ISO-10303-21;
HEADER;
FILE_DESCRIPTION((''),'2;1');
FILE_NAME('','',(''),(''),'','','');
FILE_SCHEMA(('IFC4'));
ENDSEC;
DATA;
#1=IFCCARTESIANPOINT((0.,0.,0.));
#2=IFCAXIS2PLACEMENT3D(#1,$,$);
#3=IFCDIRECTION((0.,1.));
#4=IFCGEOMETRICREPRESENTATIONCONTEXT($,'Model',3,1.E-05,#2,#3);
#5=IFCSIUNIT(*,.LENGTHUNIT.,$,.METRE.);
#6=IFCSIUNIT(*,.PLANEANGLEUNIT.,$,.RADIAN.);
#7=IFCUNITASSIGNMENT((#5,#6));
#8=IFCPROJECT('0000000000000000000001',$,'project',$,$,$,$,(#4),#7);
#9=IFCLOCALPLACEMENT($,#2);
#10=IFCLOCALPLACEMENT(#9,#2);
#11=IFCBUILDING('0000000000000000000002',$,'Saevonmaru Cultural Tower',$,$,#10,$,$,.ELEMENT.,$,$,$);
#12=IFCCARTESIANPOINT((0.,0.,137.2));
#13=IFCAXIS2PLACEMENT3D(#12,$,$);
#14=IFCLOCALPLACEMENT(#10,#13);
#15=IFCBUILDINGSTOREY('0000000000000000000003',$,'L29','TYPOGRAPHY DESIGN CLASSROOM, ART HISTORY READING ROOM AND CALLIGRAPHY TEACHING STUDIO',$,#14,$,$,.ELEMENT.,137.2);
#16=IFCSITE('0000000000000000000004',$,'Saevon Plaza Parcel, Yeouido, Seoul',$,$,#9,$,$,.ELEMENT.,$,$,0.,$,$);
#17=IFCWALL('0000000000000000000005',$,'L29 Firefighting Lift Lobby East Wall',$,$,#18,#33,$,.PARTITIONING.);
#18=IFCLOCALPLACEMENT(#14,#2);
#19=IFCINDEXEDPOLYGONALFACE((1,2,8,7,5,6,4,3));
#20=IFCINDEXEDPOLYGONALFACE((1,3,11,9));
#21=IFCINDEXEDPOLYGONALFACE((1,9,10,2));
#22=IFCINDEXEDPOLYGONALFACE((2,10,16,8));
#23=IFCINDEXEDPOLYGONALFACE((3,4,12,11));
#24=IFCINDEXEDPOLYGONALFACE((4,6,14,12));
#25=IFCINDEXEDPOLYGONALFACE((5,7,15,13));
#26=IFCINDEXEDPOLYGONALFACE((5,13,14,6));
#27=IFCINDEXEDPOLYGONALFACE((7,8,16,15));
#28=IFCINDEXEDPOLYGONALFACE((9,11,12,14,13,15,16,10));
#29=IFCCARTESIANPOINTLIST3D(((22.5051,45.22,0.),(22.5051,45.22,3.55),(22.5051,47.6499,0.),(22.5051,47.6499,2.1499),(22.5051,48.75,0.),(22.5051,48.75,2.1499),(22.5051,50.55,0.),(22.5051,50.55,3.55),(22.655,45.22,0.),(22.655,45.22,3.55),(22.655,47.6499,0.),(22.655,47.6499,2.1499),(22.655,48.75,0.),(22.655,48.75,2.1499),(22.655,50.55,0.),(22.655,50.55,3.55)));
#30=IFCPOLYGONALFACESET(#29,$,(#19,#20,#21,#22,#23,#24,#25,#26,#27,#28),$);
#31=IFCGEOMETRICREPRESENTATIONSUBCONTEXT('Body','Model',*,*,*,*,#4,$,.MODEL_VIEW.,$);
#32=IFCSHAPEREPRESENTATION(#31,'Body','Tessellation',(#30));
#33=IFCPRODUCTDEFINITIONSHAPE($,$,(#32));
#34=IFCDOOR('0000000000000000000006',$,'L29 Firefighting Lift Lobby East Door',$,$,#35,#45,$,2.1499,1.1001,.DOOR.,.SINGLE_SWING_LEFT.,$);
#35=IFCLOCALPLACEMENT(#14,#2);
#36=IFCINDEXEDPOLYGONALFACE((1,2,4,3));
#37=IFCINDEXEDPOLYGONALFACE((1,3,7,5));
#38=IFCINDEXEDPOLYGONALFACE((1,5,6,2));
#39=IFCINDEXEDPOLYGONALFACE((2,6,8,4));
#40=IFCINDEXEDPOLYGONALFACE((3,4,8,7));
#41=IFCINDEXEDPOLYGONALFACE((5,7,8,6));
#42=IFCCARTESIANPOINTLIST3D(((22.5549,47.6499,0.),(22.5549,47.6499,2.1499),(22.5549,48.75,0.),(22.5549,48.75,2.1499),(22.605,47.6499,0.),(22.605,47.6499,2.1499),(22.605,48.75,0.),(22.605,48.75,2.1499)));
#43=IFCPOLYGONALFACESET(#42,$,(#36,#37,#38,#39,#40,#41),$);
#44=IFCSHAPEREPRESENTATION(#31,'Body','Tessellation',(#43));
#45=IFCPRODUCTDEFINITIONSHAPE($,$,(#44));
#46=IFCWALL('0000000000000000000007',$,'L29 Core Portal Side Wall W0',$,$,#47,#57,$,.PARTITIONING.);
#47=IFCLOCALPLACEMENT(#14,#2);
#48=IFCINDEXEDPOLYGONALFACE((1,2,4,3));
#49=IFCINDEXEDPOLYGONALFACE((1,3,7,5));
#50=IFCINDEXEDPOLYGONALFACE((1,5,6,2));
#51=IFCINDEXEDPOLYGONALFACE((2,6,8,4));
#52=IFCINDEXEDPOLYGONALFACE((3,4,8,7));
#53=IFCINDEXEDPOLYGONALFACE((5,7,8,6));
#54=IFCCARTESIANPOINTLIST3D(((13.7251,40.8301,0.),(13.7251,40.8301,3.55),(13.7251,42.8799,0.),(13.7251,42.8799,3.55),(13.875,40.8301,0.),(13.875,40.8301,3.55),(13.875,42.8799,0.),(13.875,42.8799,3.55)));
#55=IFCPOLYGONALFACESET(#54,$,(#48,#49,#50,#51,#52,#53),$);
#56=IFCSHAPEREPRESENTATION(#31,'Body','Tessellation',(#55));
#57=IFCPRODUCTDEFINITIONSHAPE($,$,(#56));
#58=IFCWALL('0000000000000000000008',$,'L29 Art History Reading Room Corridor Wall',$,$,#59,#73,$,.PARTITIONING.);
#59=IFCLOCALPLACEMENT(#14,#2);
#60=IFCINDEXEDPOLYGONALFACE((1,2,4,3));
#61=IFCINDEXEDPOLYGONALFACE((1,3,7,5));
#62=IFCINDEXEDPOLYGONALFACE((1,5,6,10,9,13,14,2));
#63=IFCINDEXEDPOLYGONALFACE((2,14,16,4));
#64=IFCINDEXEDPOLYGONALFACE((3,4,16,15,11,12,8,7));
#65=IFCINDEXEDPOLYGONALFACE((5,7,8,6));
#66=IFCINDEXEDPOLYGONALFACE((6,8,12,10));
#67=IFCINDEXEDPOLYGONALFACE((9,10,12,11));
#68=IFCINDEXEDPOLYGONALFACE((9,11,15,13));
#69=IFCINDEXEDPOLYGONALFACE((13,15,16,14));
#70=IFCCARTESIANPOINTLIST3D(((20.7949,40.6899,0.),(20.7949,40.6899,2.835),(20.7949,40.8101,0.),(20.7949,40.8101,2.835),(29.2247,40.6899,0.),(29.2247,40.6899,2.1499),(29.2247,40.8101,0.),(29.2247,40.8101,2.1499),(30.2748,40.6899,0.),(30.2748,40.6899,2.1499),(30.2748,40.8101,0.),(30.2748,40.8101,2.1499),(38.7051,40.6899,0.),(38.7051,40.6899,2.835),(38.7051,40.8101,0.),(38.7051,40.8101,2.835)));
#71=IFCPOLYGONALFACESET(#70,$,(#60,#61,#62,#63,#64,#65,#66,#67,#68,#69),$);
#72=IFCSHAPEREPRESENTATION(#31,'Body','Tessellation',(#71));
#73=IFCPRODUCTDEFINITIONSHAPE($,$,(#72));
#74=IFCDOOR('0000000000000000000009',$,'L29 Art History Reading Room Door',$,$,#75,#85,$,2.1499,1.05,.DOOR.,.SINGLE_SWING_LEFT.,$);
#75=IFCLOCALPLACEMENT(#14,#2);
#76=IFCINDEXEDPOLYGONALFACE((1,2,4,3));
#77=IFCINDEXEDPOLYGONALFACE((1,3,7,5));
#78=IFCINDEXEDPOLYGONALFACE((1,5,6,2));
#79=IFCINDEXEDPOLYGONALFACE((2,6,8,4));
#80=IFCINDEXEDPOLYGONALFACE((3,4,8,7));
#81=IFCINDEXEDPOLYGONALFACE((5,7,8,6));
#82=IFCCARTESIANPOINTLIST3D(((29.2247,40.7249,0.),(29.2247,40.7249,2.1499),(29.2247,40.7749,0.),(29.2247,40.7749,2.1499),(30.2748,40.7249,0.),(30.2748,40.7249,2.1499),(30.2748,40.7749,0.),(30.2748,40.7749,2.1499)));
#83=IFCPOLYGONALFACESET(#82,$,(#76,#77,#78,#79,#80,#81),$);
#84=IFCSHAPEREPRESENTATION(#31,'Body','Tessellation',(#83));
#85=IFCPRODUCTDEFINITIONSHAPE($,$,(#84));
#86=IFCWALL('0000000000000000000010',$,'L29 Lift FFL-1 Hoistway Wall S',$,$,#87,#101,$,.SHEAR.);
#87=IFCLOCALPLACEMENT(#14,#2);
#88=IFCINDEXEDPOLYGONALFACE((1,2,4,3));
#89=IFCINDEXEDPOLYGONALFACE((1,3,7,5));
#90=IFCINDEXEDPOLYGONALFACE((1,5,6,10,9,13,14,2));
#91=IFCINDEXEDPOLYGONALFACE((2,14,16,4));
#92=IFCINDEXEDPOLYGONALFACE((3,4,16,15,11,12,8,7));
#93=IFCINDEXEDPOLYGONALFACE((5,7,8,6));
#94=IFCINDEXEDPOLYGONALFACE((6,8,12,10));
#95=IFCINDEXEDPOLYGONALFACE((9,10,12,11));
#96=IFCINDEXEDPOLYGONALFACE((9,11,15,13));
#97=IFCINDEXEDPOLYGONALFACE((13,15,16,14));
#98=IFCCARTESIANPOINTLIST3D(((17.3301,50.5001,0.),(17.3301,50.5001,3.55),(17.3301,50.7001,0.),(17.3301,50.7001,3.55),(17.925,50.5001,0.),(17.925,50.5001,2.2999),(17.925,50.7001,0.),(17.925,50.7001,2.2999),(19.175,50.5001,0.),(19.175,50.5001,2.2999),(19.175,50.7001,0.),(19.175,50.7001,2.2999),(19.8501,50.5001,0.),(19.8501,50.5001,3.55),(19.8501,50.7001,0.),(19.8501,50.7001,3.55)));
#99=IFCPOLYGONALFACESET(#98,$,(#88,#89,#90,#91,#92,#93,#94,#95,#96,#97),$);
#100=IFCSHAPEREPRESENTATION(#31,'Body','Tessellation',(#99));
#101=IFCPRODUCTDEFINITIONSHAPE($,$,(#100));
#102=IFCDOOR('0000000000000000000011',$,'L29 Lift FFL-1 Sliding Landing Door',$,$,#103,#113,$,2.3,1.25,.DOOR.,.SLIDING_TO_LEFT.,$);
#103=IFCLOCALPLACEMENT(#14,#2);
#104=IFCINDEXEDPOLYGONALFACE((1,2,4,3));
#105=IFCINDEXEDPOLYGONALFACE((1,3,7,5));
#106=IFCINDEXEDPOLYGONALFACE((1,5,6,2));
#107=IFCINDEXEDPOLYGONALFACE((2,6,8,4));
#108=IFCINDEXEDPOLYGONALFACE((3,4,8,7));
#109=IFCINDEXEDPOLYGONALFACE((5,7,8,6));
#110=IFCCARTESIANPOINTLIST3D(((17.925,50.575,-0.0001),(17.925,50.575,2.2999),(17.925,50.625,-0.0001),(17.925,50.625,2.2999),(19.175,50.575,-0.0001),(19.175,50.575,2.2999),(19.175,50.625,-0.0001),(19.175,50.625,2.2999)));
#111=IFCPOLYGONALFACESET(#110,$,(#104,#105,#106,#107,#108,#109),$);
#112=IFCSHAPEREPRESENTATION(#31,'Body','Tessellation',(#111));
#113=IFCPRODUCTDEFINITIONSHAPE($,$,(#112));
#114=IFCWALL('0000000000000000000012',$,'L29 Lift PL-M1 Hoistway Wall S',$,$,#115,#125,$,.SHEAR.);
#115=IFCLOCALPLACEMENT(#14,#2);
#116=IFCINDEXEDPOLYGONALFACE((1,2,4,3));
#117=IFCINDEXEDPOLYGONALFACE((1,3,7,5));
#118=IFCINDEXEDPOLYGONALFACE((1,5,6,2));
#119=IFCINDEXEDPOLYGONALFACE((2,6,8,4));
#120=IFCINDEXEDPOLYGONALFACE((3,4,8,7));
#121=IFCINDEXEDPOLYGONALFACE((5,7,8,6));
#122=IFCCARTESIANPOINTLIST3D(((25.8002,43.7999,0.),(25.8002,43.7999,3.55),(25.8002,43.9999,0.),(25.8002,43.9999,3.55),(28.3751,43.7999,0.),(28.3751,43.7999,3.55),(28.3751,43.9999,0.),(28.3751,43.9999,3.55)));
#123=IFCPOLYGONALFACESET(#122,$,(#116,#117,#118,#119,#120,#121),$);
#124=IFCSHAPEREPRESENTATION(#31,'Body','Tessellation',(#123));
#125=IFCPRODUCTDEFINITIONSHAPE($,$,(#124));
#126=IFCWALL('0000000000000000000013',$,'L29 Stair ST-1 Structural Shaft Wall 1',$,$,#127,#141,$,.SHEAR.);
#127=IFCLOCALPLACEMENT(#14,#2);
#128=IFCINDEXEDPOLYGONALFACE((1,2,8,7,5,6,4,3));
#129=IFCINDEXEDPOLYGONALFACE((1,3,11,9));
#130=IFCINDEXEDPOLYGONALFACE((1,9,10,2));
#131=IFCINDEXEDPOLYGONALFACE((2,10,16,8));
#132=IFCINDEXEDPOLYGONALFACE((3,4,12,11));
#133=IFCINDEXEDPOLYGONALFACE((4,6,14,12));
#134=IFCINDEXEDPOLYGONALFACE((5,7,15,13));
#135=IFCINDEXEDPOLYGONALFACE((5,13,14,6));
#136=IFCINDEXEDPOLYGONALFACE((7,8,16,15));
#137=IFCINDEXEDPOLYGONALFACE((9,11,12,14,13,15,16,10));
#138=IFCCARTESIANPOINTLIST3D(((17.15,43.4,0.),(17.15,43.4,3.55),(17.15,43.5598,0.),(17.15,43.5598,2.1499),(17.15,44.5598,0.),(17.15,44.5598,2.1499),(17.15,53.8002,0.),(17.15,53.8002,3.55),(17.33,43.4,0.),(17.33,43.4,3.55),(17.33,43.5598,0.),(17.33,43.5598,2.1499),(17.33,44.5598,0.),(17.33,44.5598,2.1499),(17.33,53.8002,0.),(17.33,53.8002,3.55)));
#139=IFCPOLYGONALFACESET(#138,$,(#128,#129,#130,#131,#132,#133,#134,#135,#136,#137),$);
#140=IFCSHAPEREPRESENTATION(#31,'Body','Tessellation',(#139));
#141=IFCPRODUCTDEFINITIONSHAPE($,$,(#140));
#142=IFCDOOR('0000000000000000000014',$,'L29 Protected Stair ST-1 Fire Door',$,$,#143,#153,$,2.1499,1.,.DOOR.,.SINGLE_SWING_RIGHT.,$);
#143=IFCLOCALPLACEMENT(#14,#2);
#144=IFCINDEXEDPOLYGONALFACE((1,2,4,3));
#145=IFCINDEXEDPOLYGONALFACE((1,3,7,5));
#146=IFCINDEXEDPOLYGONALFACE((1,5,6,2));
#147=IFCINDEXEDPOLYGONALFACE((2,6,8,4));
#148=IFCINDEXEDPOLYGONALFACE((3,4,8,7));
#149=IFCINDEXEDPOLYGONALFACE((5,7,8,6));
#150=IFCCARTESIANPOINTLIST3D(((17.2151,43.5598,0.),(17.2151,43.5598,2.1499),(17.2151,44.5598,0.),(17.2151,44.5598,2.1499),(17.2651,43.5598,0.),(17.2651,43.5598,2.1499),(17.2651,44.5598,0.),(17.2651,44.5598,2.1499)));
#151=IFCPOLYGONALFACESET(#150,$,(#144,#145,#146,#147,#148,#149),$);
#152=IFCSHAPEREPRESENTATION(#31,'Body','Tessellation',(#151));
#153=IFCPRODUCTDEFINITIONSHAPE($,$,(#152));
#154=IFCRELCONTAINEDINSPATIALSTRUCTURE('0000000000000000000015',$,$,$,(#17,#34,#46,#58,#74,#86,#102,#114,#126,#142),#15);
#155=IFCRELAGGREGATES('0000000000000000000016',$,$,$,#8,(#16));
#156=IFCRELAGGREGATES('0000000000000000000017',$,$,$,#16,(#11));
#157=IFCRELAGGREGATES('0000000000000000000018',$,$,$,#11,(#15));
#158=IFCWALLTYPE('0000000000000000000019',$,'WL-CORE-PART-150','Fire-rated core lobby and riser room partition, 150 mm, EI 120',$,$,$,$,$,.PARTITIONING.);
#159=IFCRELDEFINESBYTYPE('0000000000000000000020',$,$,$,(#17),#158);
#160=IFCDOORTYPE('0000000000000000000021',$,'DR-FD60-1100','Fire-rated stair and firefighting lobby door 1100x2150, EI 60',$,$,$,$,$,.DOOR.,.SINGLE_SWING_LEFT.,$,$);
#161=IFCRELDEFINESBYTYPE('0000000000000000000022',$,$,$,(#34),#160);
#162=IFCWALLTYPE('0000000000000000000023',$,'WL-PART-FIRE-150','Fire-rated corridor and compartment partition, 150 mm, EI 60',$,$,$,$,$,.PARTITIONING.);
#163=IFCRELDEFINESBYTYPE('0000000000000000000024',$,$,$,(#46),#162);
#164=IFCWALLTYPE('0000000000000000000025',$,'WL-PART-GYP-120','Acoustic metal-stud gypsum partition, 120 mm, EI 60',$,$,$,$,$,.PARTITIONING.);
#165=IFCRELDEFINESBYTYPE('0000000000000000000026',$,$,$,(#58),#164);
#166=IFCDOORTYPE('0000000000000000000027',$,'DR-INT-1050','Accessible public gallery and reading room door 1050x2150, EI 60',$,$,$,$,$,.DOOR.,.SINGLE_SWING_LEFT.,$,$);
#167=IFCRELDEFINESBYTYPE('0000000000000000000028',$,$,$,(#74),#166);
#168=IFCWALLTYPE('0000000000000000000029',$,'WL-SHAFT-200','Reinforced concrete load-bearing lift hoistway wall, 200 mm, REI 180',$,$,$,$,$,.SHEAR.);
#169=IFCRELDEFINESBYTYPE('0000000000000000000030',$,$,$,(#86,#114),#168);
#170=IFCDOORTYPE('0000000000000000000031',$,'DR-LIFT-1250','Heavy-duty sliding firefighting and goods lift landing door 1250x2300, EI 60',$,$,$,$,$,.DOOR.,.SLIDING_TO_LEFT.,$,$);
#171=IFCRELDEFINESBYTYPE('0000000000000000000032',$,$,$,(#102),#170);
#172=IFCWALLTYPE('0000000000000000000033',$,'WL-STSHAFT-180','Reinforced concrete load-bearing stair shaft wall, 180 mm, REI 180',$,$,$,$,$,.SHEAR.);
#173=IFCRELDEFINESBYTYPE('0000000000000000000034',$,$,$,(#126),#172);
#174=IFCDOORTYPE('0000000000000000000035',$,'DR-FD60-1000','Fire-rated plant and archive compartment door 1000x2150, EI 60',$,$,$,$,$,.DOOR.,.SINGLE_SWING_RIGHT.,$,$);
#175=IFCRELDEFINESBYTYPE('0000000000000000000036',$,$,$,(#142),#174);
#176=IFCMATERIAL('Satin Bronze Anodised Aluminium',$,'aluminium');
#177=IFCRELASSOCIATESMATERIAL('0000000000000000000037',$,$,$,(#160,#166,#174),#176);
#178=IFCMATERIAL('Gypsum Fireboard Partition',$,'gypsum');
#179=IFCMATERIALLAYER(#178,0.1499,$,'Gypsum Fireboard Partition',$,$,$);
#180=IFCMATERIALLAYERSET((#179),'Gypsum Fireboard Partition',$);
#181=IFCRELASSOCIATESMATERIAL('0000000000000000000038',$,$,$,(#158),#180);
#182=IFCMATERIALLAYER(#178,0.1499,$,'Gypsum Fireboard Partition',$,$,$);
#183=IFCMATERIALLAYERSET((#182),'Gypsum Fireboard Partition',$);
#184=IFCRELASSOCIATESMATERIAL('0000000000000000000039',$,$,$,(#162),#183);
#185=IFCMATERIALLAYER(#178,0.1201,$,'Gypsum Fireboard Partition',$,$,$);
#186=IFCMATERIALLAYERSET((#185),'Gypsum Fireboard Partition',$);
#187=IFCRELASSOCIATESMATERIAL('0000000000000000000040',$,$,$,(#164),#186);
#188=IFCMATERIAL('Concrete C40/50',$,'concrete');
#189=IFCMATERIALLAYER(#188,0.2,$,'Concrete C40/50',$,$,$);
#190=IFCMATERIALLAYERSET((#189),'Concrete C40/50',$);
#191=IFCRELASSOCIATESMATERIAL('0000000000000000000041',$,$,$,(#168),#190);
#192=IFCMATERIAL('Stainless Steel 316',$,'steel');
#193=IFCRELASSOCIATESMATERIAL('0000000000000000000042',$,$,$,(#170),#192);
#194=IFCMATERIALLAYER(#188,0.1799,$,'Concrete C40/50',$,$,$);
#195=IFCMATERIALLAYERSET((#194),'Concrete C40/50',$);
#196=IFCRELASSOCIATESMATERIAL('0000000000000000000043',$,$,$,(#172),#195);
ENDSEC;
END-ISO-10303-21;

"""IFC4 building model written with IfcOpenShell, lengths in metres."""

from ifc_helpers import new_model, si_unit, direction, frame, frame_2d, origin, place, context, subcontext, project, spatial, rectangle, extrude, material, layer, layer_set, type_object, element, fill, save


model = new_model("IFC4")

# Units and contexts
model_context = context("Model", 3, precision=1e-05, world=origin(), true_north=direction((0.0, 1.0)))
body_context = subcontext(model_context, "Body", "Model", "MODEL_VIEW")
ifc_project = project(units=[si_unit("LENGTHUNIT", "METRE"), si_unit("PLANEANGLEUNIT", "RADIAN")], contexts=[model_context])

# Site, building, storey
site_placement = place(None, origin())
site = spatial("IfcSite", under=ifc_project, at=site_placement, Name="Saevon Plaza Parcel, Yeouido, Seoul", CompositionType="ELEMENT", RefElevation=0.0)
building_placement = place(site_placement, origin())
building = spatial("IfcBuilding", under=site, at=building_placement, Name="Saevonmaru Cultural Tower", CompositionType="ELEMENT")
storey_placement = place(building_placement, frame((0.0, 0.0, 137.2)))
storey = spatial("IfcBuildingStorey", under=building, at=storey_placement, Name="L29", Description="TYPOGRAPHY DESIGN CLASSROOM, ART HISTORY READING ROOM AND CALLIGRAPHY TEACHING STUDIO", CompositionType="ELEMENT", Elevation=137.2)

# Shared definitions
ifc_material_1 = material(Name="Satin Bronze Anodised Aluminium", Category="aluminium")
door_type_1 = type_object("IfcDoorType", Name="DR-FD60-1100", Description="Fire-rated stair and firefighting lobby door 1100x2150, EI 60", OperationType="SINGLE_SWING_LEFT", PredefinedType="DOOR", material=ifc_material_1)

# Wall, opening, door
ifc_material_2 = material(Name="Gypsum Fireboard Partition", Category="gypsum")
ifc_layer_1 = layer(ifc_material_2, 0.1499, Name="Gypsum Fireboard Partition")
ifc_layer_set_1 = layer_set([ifc_layer_1], Name="Gypsum Fireboard Partition")
wall_type_1 = type_object("IfcWallType", Name="WL-CORE-PART-150", Description="Fire-rated core lobby and riser room partition, 150 mm, EI 120", PredefinedType="PARTITIONING", material=ifc_layer_set_1)
wall_1_placement = place(storey_placement, frame((22.5801, 50.55, 0.0), z_axis=(0.0, 0.0, 1.0), x_axis=(0.0, -1.0, 0.0)))
wall_1 = element("IfcWall", 1, at=wall_1_placement, inside=storey, type_object=wall_type_1, Name="L29 Firefighting Lift Lobby East Wall", PredefinedType="PARTITIONING", context=body_context, shape_type="SweptSolid", body=[
    extrude(rectangle(XDim=5.3301, YDim=0.1499, at=frame_2d((2.665, 0.0))), origin(), (0.0, 0.0, 1.0), 3.55),
])
opening_1_placement = place(wall_1_placement, frame((1.8, 0.0, 0.0)))
opening_1 = element("IfcOpeningElement", 2, at=opening_1_placement, cuts=wall_1, PredefinedType="OPENING", context=body_context, shape_type="SweptSolid", body=[
    extrude(rectangle(XDim=1.1001, YDim=2.1499, at=frame_2d((0.55, 1.075))), frame((0.0, 0.085, 0.0), z_axis=(0.0, -1.0, 0.0), x_axis=(1.0, 0.0, 0.0)), (0.0, 0.0, 1.0), 0.1699),
])
door_1_placement = place(opening_1_placement, origin())
door_1 = element("IfcDoor", 3, at=door_1_placement, inside=storey, type_object=door_type_1, Name="L29 Firefighting Lift Lobby East Door", OperationType="SINGLE_SWING_LEFT", OverallHeight=2.1499, OverallWidth=1.1001, PredefinedType="DOOR", context=body_context, shape_type="SweptSolid", body=[
    extrude(rectangle(XDim=1.1001, YDim=2.1499, at=frame_2d((0.55, 1.075))), frame((0.0, 0.0249, 0.0), z_axis=(0.0, -1.0, 0.0), x_axis=(1.0, 0.0, 0.0)), (0.0, 0.0, 1.0), 0.05),
])
fill(opening_1, door_1)

# Wall
ifc_layer_2 = layer(ifc_material_2, 0.1499, Name="Gypsum Fireboard Partition")
ifc_layer_set_2 = layer_set([ifc_layer_2], Name="Gypsum Fireboard Partition")
wall_type_2 = type_object("IfcWallType", Name="WL-PART-FIRE-150", Description="Fire-rated corridor and compartment partition, 150 mm, EI 60", PredefinedType="PARTITIONING", material=ifc_layer_set_2)
wall_2_placement = place(storey_placement, frame((13.8, 40.8301, 0.0), z_axis=(0.0, 0.0, 1.0), x_axis=(0.0, 1.0, 0.0)))
element("IfcWall", 4, at=wall_2_placement, inside=storey, type_object=wall_type_2, Name="L29 Core Portal Side Wall W0", PredefinedType="PARTITIONING", context=body_context, shape_type="SweptSolid", body=[
    extrude(rectangle(XDim=2.0498, YDim=0.1499, at=frame_2d((1.0249, 0.0))), origin(), (0.0, 0.0, 1.0), 3.55),
])

# Walls, openings, doors
ifc_layer_3 = layer(ifc_material_2, 0.1201, Name="Gypsum Fireboard Partition")
ifc_layer_set_3 = layer_set([ifc_layer_3], Name="Gypsum Fireboard Partition")
wall_type_3 = type_object("IfcWallType", Name="WL-PART-GYP-120", Description="Acoustic metal-stud gypsum partition, 120 mm, EI 60", PredefinedType="PARTITIONING", material=ifc_layer_set_3)
wall_3_placement = place(storey_placement, frame((20.7949, 40.75, 0.0), z_axis=(0.0, 0.0, 1.0), x_axis=(1.0, 0.0, 0.0)))
wall_3 = element("IfcWall", 5, at=wall_3_placement, inside=storey, type_object=wall_type_3, Name="L29 Art History Reading Room Corridor Wall", PredefinedType="PARTITIONING", context=body_context, shape_type="SweptSolid", body=[
    extrude(rectangle(XDim=17.9102, YDim=0.1201, at=frame_2d((8.9551, 0.0))), origin(), (0.0, 0.0, 1.0), 2.835),
])
opening_2_placement = place(wall_3_placement, frame((8.4299, 0.0, 0.0)))
opening_2 = element("IfcOpeningElement", 6, at=opening_2_placement, cuts=wall_3, PredefinedType="OPENING", context=body_context, shape_type="SweptSolid", body=[
    extrude(rectangle(XDim=1.05, YDim=2.1499, at=frame_2d((0.5249, 1.075))), frame((0.0, 0.0701, 0.0), z_axis=(0.0, -1.0, 0.0), x_axis=(1.0, 0.0, 0.0)), (0.0, 0.0, 1.0), 0.1401),
])
door_type_2 = type_object("IfcDoorType", Name="DR-INT-1050", Description="Accessible public gallery and reading room door 1050x2150, EI 60", OperationType="SINGLE_SWING_LEFT", PredefinedType="DOOR", material=ifc_material_1)
door_2_placement = place(opening_2_placement, origin())
door_2 = element("IfcDoor", 7, at=door_2_placement, inside=storey, type_object=door_type_2, Name="L29 Art History Reading Room Door", OperationType="SINGLE_SWING_LEFT", OverallHeight=2.1499, OverallWidth=1.05, PredefinedType="DOOR", context=body_context, shape_type="SweptSolid", body=[
    extrude(rectangle(XDim=1.05, YDim=2.1499, at=frame_2d((0.5249, 1.075))), frame((0.0, 0.0249, 0.0), z_axis=(0.0, -1.0, 0.0), x_axis=(1.0, 0.0, 0.0)), (0.0, 0.0, 1.0), 0.05),
])
fill(opening_2, door_2)
ifc_material_3 = material(Name="Concrete C40/50", Category="concrete")
ifc_layer_4 = layer(ifc_material_3, 0.2, Name="Concrete C40/50")
ifc_layer_set_4 = layer_set([ifc_layer_4], Name="Concrete C40/50")
wall_type_4 = type_object("IfcWallType", Name="WL-SHAFT-200", Description="Reinforced concrete load-bearing lift hoistway wall, 200 mm, REI 180", PredefinedType="SHEAR", material=ifc_layer_set_4)
wall_4_placement = place(storey_placement, frame((17.3301, 50.6001, 0.0), z_axis=(0.0, 0.0, 1.0), x_axis=(1.0, 0.0, 0.0)))
wall_4 = element("IfcWall", 8, at=wall_4_placement, inside=storey, type_object=wall_type_4, Name="L29 Lift FFL-1 Hoistway Wall S", PredefinedType="SHEAR", context=body_context, shape_type="SweptSolid", body=[
    extrude(rectangle(XDim=2.52, YDim=0.2, at=frame_2d((1.26, 0.0))), origin(), (0.0, 0.0, 1.0), 3.55),
])
opening_3_placement = place(wall_4_placement, frame((0.595, 0.0, 0.0)))
opening_3 = element("IfcOpeningElement", 9, at=opening_3_placement, cuts=wall_4, PredefinedType="OPENING", context=body_context, shape_type="SweptSolid", body=[
    extrude(rectangle(XDim=1.25, YDim=2.3, at=frame_2d((0.625, 1.1499))), frame((0.0, 0.1099, 0.0), z_axis=(0.0, -1.0, 0.0), x_axis=(1.0, 0.0, 0.0)), (0.0, 0.0, 1.0), 0.22),
])
ifc_material_4 = material(Name="Stainless Steel 316", Category="steel")
door_type_3 = type_object("IfcDoorType", Name="DR-LIFT-1250", Description="Heavy-duty sliding firefighting and goods lift landing door 1250x2300, EI 60", OperationType="SLIDING_TO_LEFT", PredefinedType="DOOR", material=ifc_material_4)
door_3_placement = place(opening_3_placement, origin())
door_3 = element("IfcDoor", 10, at=door_3_placement, inside=storey, type_object=door_type_3, Name="L29 Lift FFL-1 Sliding Landing Door", OperationType="SLIDING_TO_LEFT", OverallHeight=2.3, OverallWidth=1.25, PredefinedType="DOOR", context=body_context, shape_type="SweptSolid", body=[
    extrude(rectangle(XDim=1.25, YDim=2.3, at=frame_2d((0.625, 1.1499))), frame((0.0, 0.0249, 0.0), z_axis=(0.0, -1.0, 0.0), x_axis=(1.0, 0.0, 0.0)), (0.0, 0.0, 1.0), 0.05),
])
fill(opening_3, door_3)

# Wall
wall_5_placement = place(storey_placement, frame((25.8, 43.8999, 0.0), z_axis=(0.0, 0.0, 1.0), x_axis=(1.0, 0.0, 0.0)))
element("IfcWall", 11, at=wall_5_placement, inside=storey, type_object=wall_type_4, Name="L29 Lift PL-M1 Hoistway Wall S", PredefinedType="SHEAR", context=body_context, shape_type="SweptSolid", body=[
    extrude(rectangle(XDim=2.575, YDim=0.2, at=frame_2d((1.2876, 0.0))), origin(), (0.0, 0.0, 1.0), 3.55),
])

# Wall, opening, door
ifc_layer_5 = layer(ifc_material_3, 0.1799, Name="Concrete C40/50")
ifc_layer_set_5 = layer_set([ifc_layer_5], Name="Concrete C40/50")
wall_type_5 = type_object("IfcWallType", Name="WL-STSHAFT-180", Description="Reinforced concrete load-bearing stair shaft wall, 180 mm, REI 180", PredefinedType="SHEAR", material=ifc_layer_set_5)
wall_6_placement = place(storey_placement, frame((17.24, 43.3999, 0.0), z_axis=(0.0, 0.0, 1.0), x_axis=(0.0, 1.0, 0.0)))
wall_6 = element("IfcWall", 12, at=wall_6_placement, inside=storey, type_object=wall_type_5, Name="L29 Stair ST-1 Structural Shaft Wall 1", PredefinedType="SHEAR", context=body_context, shape_type="SweptSolid", body=[
    extrude(rectangle(XDim=10.4001, YDim=0.1799, at=frame_2d((5.2002, 0.0))), origin(), (0.0, 0.0, 1.0), 3.55),
])
opening_4_placement = place(wall_6_placement, frame((0.1599, 0.0, 0.0)))
opening_4 = element("IfcOpeningElement", 13, at=opening_4_placement, cuts=wall_6, PredefinedType="OPENING", context=body_context, shape_type="SweptSolid", body=[
    extrude(rectangle(XDim=1.0, YDim=2.1499, at=frame_2d((0.5, 1.075))), frame((0.0, 0.1001, 0.0), z_axis=(0.0, -1.0, 0.0), x_axis=(1.0, 0.0, 0.0)), (0.0, 0.0, 1.0), 0.2),
])
door_type_4 = type_object("IfcDoorType", Name="DR-FD60-1000", Description="Fire-rated plant and archive compartment door 1000x2150, EI 60", OperationType="SINGLE_SWING_RIGHT", PredefinedType="DOOR", material=ifc_material_1)
door_4_placement = place(opening_4_placement, origin())
door_4 = element("IfcDoor", 14, at=door_4_placement, inside=storey, type_object=door_type_4, Name="L29 Protected Stair ST-1 Fire Door", OperationType="SINGLE_SWING_RIGHT", OverallHeight=2.1499, OverallWidth=1.0, PredefinedType="DOOR", context=body_context, shape_type="SweptSolid", body=[
    extrude(rectangle(XDim=1.0, YDim=2.1499, at=frame_2d((0.5, 1.075))), frame((0.0, 0.0249, 0.0), z_axis=(0.0, -1.0, 0.0), x_axis=(1.0, 0.0, 0.0)), (0.0, 0.0, 1.0), 0.05),
])
fill(opening_4, door_4)

save(model, "model.ifc")
